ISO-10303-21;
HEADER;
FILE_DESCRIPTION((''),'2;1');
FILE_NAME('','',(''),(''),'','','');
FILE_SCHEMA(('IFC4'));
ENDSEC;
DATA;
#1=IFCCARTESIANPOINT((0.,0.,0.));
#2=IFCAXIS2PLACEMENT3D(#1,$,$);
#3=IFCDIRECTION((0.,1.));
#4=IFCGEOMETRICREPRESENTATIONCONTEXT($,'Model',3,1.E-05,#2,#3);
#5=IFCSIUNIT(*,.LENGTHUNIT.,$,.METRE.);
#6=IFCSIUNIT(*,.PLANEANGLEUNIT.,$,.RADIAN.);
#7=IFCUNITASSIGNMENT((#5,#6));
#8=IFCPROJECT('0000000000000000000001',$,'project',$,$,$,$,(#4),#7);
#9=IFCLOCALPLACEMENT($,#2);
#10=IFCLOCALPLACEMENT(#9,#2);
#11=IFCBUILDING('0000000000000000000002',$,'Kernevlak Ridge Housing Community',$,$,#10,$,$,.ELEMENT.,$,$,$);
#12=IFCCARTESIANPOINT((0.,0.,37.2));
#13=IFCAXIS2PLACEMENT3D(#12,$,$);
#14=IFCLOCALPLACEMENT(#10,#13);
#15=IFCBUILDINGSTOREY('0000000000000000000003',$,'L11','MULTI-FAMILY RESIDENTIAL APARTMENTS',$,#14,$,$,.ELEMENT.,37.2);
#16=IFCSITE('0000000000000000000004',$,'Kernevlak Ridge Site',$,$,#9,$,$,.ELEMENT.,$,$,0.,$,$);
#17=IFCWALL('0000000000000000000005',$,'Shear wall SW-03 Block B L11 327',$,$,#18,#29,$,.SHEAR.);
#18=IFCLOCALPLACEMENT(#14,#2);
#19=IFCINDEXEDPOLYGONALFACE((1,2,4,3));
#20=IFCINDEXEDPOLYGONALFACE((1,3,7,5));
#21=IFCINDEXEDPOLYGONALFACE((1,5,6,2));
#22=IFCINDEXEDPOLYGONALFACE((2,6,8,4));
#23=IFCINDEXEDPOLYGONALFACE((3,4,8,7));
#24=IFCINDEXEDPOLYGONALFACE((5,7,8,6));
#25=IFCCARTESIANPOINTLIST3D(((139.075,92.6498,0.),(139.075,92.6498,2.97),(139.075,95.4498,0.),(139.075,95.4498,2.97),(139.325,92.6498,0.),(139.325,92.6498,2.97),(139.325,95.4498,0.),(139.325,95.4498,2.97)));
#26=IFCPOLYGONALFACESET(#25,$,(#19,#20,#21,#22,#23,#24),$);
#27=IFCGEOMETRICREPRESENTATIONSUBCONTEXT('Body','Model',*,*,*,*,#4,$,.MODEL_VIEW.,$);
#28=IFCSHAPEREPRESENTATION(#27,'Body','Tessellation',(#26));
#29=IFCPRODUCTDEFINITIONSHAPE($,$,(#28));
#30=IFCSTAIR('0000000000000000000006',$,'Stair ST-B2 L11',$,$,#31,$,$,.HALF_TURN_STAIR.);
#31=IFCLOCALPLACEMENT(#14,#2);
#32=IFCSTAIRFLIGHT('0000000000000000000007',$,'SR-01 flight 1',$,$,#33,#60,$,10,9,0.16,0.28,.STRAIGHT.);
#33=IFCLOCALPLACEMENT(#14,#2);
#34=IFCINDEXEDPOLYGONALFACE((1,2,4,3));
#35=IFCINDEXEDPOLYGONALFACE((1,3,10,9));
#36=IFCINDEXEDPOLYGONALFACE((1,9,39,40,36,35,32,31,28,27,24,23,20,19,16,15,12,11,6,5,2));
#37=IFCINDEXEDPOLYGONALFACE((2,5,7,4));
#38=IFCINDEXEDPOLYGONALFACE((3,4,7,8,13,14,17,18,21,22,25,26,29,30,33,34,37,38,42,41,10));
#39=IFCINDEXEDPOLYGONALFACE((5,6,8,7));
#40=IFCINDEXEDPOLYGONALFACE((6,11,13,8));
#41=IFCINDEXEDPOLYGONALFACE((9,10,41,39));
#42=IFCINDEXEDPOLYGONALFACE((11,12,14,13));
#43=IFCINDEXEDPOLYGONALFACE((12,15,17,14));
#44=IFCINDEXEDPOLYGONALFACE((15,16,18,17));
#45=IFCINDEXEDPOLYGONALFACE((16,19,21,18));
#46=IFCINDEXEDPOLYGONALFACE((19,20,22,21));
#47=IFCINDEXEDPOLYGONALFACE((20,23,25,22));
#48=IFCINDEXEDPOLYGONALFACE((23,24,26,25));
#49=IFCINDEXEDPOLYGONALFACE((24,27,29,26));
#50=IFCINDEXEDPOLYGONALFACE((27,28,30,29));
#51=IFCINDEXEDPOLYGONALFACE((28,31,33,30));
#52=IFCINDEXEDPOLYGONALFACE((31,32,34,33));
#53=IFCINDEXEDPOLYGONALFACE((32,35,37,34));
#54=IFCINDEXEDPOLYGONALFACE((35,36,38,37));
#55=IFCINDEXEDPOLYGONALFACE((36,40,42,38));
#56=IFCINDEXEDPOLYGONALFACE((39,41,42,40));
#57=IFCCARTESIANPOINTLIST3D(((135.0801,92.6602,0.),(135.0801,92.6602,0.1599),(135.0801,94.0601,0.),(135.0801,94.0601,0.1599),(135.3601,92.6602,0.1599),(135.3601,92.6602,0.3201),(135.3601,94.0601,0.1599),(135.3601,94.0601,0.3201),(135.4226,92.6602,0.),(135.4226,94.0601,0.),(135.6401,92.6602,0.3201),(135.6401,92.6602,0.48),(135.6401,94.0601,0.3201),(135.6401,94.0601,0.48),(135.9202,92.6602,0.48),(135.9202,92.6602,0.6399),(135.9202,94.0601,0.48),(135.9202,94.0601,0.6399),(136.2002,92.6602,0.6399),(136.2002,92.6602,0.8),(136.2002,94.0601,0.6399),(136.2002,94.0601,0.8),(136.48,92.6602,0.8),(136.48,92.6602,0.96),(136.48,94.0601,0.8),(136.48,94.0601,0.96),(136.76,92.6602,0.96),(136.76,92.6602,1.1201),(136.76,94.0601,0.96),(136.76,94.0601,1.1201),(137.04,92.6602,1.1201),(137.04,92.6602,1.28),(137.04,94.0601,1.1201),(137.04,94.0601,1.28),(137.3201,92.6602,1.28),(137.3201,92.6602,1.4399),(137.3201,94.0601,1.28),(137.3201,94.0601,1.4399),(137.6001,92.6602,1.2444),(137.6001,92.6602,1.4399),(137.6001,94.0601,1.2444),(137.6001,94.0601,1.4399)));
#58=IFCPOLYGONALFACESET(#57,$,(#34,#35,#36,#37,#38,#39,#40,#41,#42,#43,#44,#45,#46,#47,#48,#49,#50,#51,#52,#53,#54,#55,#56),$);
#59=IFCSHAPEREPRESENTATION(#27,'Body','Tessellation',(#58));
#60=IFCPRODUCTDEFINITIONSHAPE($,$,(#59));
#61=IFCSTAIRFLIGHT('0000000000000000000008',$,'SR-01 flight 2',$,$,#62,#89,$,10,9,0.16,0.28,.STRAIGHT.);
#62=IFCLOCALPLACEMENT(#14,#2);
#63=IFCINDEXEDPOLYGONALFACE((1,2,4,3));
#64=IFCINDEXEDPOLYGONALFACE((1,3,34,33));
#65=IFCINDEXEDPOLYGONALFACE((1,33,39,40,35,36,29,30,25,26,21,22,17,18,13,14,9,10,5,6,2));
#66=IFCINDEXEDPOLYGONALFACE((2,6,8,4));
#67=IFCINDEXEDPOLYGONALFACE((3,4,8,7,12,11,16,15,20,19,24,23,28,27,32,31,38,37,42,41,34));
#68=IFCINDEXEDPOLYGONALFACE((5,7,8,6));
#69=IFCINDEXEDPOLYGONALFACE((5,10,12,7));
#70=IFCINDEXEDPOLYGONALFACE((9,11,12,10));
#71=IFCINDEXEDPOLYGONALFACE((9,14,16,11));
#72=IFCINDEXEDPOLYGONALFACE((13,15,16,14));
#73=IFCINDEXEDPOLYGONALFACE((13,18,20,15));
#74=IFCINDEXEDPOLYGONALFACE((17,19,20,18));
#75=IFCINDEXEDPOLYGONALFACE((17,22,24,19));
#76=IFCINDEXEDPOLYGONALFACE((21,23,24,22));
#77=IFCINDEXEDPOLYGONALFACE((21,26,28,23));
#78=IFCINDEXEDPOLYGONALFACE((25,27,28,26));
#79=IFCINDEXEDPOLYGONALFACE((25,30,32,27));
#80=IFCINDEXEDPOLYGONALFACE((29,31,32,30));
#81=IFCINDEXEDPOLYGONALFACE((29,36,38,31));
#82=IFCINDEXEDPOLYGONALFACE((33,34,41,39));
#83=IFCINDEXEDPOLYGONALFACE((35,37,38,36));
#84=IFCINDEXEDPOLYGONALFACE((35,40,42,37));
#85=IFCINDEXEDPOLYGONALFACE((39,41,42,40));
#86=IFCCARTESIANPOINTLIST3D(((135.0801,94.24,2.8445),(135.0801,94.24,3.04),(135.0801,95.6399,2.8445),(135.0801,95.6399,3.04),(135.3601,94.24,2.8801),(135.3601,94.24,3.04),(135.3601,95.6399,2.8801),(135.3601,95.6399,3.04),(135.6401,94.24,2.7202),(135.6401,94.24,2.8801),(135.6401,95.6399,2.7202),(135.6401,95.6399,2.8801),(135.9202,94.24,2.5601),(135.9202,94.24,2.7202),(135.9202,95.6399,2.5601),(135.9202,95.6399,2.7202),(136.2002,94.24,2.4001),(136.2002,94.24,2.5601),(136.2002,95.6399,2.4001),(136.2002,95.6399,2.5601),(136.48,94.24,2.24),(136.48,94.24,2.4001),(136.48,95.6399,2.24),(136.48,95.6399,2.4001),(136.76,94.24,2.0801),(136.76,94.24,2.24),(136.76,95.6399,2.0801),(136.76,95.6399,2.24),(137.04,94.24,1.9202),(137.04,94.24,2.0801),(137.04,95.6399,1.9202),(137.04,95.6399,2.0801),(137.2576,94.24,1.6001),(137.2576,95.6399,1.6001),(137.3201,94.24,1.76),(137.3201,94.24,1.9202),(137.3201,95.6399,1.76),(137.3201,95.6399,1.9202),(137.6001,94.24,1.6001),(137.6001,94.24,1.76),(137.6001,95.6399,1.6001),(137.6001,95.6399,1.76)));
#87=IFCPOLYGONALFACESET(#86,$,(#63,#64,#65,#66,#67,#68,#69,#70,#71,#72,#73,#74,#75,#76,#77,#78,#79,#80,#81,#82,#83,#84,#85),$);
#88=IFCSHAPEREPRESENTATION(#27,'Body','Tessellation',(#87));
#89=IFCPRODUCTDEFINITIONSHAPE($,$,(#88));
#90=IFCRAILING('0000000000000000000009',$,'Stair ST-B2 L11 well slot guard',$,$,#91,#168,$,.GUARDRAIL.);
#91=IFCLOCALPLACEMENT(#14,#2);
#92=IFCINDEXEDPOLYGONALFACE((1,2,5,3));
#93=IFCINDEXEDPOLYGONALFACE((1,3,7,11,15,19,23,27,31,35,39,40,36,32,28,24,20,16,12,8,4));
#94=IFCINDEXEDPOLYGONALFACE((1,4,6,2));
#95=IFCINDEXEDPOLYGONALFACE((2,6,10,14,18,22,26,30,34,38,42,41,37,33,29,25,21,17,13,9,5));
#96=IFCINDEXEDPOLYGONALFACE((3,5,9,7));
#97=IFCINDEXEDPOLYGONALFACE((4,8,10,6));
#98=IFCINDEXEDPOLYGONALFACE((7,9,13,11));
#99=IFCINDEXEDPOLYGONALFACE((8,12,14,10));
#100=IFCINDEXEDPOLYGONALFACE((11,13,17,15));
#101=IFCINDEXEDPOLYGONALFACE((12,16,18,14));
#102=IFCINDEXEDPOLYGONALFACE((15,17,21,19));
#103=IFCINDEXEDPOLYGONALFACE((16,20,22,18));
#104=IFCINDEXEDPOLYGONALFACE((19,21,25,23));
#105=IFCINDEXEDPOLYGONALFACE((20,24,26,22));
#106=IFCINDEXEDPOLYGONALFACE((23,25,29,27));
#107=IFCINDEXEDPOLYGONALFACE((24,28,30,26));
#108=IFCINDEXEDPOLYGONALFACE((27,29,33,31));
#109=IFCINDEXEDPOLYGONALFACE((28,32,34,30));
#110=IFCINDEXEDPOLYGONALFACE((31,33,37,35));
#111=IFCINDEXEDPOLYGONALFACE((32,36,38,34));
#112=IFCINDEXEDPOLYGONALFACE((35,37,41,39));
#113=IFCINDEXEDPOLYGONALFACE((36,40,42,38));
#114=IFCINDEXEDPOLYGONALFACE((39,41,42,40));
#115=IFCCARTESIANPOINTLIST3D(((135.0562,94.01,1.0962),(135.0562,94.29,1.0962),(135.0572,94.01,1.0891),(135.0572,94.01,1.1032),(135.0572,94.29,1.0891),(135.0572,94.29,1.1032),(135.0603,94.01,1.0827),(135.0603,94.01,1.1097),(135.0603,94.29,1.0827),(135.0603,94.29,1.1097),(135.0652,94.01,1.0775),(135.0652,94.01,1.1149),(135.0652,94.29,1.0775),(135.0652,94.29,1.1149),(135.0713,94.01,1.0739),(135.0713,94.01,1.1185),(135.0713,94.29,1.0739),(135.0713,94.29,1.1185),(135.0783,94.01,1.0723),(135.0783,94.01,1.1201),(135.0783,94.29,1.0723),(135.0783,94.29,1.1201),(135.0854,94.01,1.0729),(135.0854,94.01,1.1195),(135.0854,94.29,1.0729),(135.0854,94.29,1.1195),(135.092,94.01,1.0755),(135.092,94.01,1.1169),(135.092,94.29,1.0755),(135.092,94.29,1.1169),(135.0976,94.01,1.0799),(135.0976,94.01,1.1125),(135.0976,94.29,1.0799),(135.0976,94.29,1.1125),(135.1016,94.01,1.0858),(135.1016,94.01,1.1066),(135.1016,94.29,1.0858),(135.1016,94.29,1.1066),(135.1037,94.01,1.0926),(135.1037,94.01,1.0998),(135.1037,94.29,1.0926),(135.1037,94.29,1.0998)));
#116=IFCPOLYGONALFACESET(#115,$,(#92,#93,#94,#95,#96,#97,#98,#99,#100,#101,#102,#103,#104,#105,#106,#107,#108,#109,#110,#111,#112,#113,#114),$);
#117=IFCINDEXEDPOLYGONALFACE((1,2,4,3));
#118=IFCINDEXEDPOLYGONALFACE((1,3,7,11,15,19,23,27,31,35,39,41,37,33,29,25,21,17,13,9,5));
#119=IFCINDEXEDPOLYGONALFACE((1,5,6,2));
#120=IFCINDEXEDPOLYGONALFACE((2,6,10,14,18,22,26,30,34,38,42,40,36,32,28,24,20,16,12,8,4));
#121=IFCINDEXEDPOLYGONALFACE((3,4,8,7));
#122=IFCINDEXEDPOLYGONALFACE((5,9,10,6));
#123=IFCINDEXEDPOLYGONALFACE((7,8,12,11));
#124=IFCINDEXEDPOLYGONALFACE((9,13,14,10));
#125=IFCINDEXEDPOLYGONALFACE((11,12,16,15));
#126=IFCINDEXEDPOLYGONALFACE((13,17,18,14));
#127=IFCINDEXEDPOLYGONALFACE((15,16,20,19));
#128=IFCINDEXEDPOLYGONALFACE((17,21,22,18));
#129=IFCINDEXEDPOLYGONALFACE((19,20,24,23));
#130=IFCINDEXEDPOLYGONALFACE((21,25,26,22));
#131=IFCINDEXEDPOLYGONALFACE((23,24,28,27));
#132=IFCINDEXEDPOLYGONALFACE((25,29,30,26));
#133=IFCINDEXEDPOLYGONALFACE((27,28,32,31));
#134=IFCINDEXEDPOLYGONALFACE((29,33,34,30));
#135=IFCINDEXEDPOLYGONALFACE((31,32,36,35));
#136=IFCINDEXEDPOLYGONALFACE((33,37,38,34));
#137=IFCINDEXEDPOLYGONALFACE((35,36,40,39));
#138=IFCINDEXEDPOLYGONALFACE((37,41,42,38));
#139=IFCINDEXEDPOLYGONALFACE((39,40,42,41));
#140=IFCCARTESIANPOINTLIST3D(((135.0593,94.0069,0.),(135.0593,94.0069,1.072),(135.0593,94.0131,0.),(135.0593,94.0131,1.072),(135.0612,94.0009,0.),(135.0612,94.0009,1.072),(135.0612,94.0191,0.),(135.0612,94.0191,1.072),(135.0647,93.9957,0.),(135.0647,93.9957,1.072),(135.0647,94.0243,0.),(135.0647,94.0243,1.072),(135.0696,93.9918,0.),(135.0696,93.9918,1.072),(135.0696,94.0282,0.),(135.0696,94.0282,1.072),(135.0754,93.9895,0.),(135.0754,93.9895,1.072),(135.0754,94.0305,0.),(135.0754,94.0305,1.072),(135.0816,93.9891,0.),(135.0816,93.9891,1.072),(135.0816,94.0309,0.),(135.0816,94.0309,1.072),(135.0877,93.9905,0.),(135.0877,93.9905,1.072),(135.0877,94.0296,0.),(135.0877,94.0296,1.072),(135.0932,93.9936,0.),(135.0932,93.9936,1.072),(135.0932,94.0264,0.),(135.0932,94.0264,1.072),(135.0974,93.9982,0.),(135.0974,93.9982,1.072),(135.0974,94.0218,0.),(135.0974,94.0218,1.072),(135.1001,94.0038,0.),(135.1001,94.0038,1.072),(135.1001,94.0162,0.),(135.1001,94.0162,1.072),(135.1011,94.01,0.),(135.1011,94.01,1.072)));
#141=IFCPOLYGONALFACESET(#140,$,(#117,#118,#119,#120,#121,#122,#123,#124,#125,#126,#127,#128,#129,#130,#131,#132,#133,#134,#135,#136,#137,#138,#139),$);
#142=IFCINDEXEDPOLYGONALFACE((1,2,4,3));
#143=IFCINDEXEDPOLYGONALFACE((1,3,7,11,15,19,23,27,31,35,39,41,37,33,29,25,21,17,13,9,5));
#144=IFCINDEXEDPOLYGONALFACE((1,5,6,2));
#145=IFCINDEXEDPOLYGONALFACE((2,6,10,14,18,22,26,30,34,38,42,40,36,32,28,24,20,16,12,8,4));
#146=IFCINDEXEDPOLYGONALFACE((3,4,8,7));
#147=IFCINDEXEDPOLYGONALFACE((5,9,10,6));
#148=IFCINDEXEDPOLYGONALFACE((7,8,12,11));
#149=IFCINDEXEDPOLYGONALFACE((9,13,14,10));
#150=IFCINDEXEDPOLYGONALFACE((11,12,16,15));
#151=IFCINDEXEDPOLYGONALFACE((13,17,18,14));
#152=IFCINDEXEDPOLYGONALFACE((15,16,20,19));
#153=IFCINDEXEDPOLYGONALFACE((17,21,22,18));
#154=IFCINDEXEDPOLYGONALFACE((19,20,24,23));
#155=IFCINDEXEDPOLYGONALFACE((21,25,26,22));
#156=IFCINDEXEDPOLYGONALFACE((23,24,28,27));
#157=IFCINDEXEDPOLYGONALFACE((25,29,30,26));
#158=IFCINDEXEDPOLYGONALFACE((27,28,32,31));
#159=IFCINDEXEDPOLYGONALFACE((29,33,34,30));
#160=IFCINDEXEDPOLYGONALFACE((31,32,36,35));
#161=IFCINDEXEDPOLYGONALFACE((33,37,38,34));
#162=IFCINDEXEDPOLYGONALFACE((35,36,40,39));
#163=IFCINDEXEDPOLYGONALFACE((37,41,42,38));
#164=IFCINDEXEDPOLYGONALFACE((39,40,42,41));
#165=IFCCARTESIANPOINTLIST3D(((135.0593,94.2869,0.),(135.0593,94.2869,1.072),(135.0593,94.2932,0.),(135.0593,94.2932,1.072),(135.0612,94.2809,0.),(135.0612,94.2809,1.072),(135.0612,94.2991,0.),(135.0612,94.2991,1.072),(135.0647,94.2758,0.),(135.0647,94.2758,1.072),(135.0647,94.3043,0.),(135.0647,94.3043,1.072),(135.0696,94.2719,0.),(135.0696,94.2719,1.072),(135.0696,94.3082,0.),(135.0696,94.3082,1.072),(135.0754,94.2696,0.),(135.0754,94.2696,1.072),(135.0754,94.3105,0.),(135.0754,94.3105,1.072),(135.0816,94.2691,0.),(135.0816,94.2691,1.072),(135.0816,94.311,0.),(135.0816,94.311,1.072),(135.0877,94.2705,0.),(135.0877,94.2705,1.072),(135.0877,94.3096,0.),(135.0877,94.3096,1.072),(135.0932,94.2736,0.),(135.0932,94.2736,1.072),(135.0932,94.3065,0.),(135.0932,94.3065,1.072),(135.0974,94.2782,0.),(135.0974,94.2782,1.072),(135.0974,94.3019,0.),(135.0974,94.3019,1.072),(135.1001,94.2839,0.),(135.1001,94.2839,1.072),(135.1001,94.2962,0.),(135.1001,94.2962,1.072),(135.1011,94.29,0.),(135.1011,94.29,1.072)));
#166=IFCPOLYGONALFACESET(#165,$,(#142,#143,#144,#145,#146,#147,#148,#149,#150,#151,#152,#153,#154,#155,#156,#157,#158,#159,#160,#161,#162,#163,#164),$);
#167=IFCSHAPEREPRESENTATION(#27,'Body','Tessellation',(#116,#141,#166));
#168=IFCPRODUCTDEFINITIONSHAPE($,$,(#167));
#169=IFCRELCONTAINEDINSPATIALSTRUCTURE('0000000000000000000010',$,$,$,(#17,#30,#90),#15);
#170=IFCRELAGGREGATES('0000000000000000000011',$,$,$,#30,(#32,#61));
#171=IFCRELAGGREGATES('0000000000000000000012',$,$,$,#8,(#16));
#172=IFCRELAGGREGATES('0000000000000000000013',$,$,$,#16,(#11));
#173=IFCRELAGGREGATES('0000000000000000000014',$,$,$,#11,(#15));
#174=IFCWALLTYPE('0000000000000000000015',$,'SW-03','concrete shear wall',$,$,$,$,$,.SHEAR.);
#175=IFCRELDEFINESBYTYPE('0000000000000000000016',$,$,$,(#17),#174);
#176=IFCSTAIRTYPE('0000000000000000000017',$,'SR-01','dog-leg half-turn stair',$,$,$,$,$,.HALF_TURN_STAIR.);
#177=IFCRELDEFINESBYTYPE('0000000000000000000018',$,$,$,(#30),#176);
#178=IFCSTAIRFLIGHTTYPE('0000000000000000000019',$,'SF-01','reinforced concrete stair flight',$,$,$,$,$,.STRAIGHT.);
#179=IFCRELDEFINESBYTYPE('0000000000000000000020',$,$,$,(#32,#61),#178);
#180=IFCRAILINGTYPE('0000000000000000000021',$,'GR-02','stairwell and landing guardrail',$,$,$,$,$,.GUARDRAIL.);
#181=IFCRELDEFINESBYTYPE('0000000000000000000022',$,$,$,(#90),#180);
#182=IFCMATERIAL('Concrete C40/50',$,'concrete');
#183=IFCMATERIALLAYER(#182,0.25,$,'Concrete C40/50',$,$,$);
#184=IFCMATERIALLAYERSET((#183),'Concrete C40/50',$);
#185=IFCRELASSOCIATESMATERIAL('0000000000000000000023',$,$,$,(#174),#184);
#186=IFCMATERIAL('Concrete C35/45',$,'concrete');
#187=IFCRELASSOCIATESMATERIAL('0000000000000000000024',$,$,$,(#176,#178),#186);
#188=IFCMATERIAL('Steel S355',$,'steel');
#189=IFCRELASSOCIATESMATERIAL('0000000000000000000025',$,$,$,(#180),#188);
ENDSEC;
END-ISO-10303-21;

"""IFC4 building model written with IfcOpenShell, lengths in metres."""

from ifc_helpers import new_model, si_unit, direction, frame, frame_2d, origin, origin_2d, place, context, subcontext, project, spatial, polyline, rectangle, circle, outline, extrude, material, layer, layer_set, type_object, element, aggregate, save


model = new_model("IFC4")

# Units and contexts
model_context = context("Model", 3, precision=1e-05, world=origin(), true_north=direction((0.0, 1.0)))
body_context = subcontext(model_context, "Body", "Model", "MODEL_VIEW")
ifc_project = project(units=[si_unit("LENGTHUNIT", "METRE"), si_unit("PLANEANGLEUNIT", "RADIAN")], contexts=[model_context])

# Site, building, storey
site_placement = place(None, origin())
site = spatial("IfcSite", under=ifc_project, at=site_placement, Name="Kernevlak Ridge Site", CompositionType="ELEMENT", RefElevation=0.0)
building_placement = place(site_placement, origin())
building = spatial("IfcBuilding", under=site, at=building_placement, Name="Kernevlak Ridge Housing Community", CompositionType="ELEMENT")
storey_placement = place(building_placement, frame((0.0, 0.0, 37.2)))
storey = spatial("IfcBuildingStorey", under=building, at=storey_placement, Name="L11", Description="MULTI-FAMILY RESIDENTIAL APARTMENTS", CompositionType="ELEMENT", Elevation=37.2)

# Shared definitions
ifc_material_1 = material(Name="Concrete C35/45", Category="concrete")

# Wall
ifc_material_2 = material(Name="Concrete C40/50", Category="concrete")
ifc_layer_1 = layer(ifc_material_2, 0.25, Name="Concrete C40/50")
ifc_layer_set_1 = layer_set([ifc_layer_1], Name="Concrete C40/50")
wall_type_1 = type_object("IfcWallType", Name="SW-03", Description="concrete shear wall", PredefinedType="SHEAR", material=ifc_layer_set_1)
for number, where, z_axis, x_axis, name in (
    (1, (139.2, 92.6499, 0.0), (0.0, 0.0, 1.0), (0.0, 1.0, 0.0), "Shear wall SW-03 Block B L11 327"),
):
    element("IfcWall", number, at=place(storey_placement, frame(where, z_axis=z_axis, x_axis=x_axis)), inside=storey, type_object=wall_type_1, Name=name, PredefinedType="SHEAR", context=body_context, shape_type="SweptSolid", body=[
        extrude(rectangle(XDim=2.8, YDim=0.25, at=frame_2d((1.3999, 0.0))), origin(), (0.0, 0.0, 1.0), 2.97),
    ])

# Stair, stair flights
stair_type = type_object("IfcStairType", Name="SR-01", Description="dog-leg half-turn stair", PredefinedType="HALF_TURN_STAIR", material=ifc_material_1)
stair_placement = place(storey_placement, origin())
stair = element("IfcStair", 2, at=stair_placement, inside=storey, type_object=stair_type, Name="Stair ST-B2 L11", PredefinedType="HALF_TURN_STAIR")
stair_flight_type = type_object("IfcStairFlightType", Name="SF-01", Description="reinforced concrete stair flight", PredefinedType="STRAIGHT", material=ifc_material_1)
stair_flight_1_placement = place(storey_placement, frame((135.0801, 93.3601, 0.0), z_axis=(0.0, 0.0, 1.0), x_axis=(1.0, 0.0, 0.0)))
stair_flight_1 = element("IfcStairFlight", 3, at=stair_flight_1_placement, type_object=stair_flight_type, Name="SR-01 flight 1", NumberOfRisers=10, NumberOfTreads=9, PredefinedType="STRAIGHT", RiserHeight=0.16, TreadLength=0.28, context=body_context, shape_type="SweptSolid", body=[
    extrude(outline(polyline([(0.0, 0.0), (0.0, 0.1599), (0.28, 0.1599), (0.28, 0.3201), (0.5601, 0.3201), (0.5601, 0.48), (0.8401, 0.48), (0.8401, 0.6399), (1.1201, 0.6399), (1.1201, 0.8), (1.3999, 0.8), (1.3999, 0.96), (1.6799, 0.96), (1.6799, 1.1201), (1.96, 1.1201), (1.96, 1.28), (2.24, 1.28), (2.24, 1.4399), (2.52, 1.4399), (2.52, 1.6001), (2.52, 1.2444), (0.3425, 0.0), (0.0, 0.0)])), frame((0.0, 0.7, 0.0), z_axis=(0.0, -1.0, 0.0), x_axis=(1.0, 0.0, 0.0)), (0.0, 0.0, 1.0), 1.3999),
])
stair_flight_2_placement = place(storey_placement, frame((137.6001, 94.9399, 1.6001), z_axis=(0.0, 0.0, 1.0), x_axis=(-1.0, 0.0, 0.0)))
stair_flight_2 = element("IfcStairFlight", 4, at=stair_flight_2_placement, type_object=stair_flight_type, Name="SR-01 flight 2", NumberOfRisers=10, NumberOfTreads=9, PredefinedType="STRAIGHT", RiserHeight=0.16, TreadLength=0.28, context=body_context, shape_type="SweptSolid", body=[
    extrude(outline(polyline([(0.0, 0.0), (0.0, 0.1599), (0.28, 0.1599), (0.28, 0.3201), (0.5601, 0.3201), (0.5601, 0.48), (0.8401, 0.48), (0.8401, 0.6399), (1.1201, 0.6399), (1.1201, 0.8), (1.3999, 0.8), (1.3999, 0.96), (1.6799, 0.96), (1.6799, 1.1201), (1.96, 1.1201), (1.96, 1.28), (2.24, 1.28), (2.24, 1.4399), (2.52, 1.4399), (2.52, 1.6001), (2.52, 1.2444), (0.3425, 0.0), (0.0, 0.0)])), frame((0.0, 0.7, 0.0), z_axis=(0.0, -1.0, 0.0), x_axis=(1.0, 0.0, 0.0)), (0.0, 0.0, 1.0), 1.3999),
])
aggregate(stair, [stair_flight_1, stair_flight_2])

# Railing
ifc_material_3 = material(Name="Steel S355", Category="steel")
railing_type_1 = type_object("IfcRailingType", Name="GR-02", Description="stairwell and landing guardrail", PredefinedType="GUARDRAIL", material=ifc_material_3)
railing_1_placement = place(storey_placement, frame((135.0801, 94.01, 0.0)))
element("IfcRailing", 5, at=railing_1_placement, inside=storey, type_object=railing_type_1, Name="Stair ST-B2 L11 well slot guard", PredefinedType="GUARDRAIL", context=body_context, shape_type="SweptSolid", body=[
    extrude(circle(Radius=0.0239, at=origin_2d()), frame((0.0, 0.0, 1.0962), z_axis=(0.0, 1.0, 0.0), x_axis=(-1.0, 0.0, 0.0)), (0.0, 0.0, 1.0), 0.28),
    extrude(circle(Radius=0.021, at=origin_2d()), origin(), (0.0, 0.0, 1.0), 1.072),
    extrude(circle(Radius=0.021, at=origin_2d()), frame((0.0, 0.28, 0.0)), (0.0, 0.0, 1.0), 1.072),
])

save(model, "model.ifc")
